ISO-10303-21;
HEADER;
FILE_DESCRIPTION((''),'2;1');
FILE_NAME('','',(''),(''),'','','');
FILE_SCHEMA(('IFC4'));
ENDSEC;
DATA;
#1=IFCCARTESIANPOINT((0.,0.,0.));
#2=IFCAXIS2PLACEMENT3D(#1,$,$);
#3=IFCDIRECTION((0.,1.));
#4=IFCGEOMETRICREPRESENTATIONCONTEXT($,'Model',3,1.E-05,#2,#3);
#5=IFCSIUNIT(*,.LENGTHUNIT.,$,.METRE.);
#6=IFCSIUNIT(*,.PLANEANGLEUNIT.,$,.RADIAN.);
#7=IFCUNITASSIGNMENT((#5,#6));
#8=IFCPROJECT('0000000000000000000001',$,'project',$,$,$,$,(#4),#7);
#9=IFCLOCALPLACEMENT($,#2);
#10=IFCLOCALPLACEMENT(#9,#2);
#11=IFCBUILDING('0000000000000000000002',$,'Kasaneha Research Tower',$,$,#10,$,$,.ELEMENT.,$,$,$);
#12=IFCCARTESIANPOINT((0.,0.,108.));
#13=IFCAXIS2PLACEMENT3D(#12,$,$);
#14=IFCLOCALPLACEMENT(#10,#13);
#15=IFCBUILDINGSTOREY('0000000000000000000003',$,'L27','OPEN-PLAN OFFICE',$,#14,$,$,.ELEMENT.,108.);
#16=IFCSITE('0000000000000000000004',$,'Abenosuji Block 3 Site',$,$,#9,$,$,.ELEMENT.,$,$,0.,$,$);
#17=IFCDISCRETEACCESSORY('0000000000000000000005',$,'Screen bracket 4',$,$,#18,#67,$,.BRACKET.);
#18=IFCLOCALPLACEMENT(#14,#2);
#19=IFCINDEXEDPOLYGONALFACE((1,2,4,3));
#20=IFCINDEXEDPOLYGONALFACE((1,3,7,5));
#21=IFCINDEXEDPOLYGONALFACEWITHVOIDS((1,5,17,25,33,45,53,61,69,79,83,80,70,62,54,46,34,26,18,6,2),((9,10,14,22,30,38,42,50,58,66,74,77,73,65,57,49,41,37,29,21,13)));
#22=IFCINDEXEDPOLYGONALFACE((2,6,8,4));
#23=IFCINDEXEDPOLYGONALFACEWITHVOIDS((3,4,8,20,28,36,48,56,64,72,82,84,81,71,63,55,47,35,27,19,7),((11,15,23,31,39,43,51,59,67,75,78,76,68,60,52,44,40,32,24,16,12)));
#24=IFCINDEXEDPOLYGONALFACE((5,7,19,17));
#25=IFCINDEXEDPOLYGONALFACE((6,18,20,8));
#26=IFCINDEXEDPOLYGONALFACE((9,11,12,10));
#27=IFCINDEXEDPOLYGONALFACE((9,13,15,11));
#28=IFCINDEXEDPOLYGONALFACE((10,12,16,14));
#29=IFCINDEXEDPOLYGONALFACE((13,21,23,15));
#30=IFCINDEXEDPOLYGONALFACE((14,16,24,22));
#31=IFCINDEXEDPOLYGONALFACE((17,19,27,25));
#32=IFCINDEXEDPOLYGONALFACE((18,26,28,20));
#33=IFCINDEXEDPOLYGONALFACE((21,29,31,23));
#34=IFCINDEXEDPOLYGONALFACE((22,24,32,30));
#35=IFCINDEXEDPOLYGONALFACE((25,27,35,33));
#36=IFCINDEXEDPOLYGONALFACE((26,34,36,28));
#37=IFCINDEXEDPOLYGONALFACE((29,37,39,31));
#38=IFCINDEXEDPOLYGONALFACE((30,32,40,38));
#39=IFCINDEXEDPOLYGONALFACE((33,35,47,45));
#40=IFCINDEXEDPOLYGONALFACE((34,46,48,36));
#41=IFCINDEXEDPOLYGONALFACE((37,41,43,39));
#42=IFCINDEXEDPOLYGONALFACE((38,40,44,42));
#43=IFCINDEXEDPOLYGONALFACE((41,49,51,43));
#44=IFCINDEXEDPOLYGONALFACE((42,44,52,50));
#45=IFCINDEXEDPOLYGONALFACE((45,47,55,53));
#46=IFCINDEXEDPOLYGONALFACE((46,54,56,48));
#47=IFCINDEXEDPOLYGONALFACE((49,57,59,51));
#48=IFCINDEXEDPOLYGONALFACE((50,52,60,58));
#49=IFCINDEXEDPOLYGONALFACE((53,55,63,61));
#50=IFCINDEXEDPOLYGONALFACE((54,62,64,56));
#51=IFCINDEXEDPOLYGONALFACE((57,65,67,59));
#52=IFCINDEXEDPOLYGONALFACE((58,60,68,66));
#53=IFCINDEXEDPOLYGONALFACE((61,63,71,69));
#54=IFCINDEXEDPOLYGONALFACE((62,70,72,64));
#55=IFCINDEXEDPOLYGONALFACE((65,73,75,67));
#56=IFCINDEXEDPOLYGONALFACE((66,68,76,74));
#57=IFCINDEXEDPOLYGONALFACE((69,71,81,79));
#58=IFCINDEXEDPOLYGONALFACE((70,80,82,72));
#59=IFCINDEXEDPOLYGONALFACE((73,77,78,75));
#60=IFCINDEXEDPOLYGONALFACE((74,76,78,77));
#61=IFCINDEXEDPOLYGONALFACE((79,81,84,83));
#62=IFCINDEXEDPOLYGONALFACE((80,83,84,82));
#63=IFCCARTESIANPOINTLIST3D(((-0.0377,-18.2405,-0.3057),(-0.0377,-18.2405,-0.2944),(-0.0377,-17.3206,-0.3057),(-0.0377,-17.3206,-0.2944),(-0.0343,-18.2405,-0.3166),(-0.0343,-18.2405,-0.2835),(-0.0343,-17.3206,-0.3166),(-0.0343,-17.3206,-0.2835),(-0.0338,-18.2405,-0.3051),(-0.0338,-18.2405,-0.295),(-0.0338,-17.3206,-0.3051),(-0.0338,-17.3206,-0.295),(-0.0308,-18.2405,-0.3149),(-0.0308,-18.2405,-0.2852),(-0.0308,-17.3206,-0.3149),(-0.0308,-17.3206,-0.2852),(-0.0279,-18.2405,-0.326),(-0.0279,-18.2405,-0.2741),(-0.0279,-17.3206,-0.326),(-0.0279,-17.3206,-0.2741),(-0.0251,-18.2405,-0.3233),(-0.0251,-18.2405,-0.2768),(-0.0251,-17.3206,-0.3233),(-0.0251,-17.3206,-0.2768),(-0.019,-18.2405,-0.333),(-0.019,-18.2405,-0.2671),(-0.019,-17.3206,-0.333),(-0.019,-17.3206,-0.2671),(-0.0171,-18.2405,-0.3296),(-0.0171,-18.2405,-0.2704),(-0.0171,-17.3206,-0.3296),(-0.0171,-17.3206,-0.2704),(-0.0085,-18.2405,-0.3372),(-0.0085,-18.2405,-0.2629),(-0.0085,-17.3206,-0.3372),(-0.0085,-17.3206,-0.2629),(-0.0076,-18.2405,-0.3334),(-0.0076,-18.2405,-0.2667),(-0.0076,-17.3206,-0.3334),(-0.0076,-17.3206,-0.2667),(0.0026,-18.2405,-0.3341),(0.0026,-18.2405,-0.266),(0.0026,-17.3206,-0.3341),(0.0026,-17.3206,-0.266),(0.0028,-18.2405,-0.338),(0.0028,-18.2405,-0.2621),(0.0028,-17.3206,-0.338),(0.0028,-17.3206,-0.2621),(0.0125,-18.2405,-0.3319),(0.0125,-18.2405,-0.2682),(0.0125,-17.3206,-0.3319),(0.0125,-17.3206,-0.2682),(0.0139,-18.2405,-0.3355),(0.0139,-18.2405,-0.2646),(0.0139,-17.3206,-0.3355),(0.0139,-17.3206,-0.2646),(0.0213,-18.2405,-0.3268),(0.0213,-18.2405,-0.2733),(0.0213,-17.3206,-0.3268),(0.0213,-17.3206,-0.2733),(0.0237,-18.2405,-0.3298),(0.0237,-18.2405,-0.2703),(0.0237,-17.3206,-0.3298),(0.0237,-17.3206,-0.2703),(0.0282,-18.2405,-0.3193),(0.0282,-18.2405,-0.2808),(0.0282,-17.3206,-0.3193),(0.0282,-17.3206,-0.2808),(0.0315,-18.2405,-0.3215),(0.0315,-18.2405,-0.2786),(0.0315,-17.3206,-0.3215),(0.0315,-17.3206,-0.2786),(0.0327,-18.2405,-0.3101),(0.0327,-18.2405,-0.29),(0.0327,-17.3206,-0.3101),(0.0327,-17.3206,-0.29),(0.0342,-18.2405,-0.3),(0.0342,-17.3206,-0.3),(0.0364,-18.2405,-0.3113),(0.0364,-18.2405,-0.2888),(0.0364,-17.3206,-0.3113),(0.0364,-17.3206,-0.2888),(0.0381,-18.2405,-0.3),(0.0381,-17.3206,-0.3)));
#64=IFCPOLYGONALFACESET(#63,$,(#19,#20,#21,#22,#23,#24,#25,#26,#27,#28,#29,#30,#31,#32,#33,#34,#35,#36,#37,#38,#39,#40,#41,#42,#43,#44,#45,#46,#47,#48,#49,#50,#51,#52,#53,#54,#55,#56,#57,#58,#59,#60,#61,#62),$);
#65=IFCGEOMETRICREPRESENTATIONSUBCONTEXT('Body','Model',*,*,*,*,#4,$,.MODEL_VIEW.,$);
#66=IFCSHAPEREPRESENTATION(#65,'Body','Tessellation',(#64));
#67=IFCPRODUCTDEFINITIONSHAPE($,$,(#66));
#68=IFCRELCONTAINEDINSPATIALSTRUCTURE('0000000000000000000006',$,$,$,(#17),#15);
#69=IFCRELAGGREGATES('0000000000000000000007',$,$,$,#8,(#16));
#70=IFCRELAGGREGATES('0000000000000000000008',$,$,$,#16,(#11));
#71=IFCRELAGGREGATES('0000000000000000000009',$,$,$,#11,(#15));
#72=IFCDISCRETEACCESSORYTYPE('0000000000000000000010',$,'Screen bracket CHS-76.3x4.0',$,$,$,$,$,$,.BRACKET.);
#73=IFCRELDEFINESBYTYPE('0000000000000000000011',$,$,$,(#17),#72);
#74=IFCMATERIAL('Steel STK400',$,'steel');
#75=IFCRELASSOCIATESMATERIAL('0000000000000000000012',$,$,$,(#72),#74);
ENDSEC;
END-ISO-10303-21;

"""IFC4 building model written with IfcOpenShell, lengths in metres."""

from ifc_helpers import new_model, si_unit, direction, frame, origin, origin_2d, place, context, subcontext, project, spatial, hollow_circle, extrude, material, material_profile, profile_set, type_object, element, save


model = new_model("IFC4")

# Units and contexts
model_context = context("Model", 3, precision=1e-05, world=origin(), true_north=direction((0.0, 1.0)))
body_context = subcontext(model_context, "Body", "Model", "MODEL_VIEW")
ifc_project = project(units=[si_unit("LENGTHUNIT", "METRE"), si_unit("PLANEANGLEUNIT", "RADIAN")], contexts=[model_context])

# Site, building, storey
site_placement = place(None, origin())
site = spatial("IfcSite", under=ifc_project, at=site_placement, Name="Abenosuji Block 3 Site", CompositionType="ELEMENT", RefElevation=0.0)
building_placement = place(site_placement, origin())
building = spatial("IfcBuilding", under=site, at=building_placement, Name="Kasaneha Research Tower", CompositionType="ELEMENT")
storey_placement = place(building_placement, frame((0.0, 0.0, 108.0)))
storey = spatial("IfcBuildingStorey", under=building, at=storey_placement, Name="L27", Description="OPEN-PLAN OFFICE", CompositionType="ELEMENT", Elevation=108.0)

# Discrete accessory
ifc_material_1 = material(Name="Steel STK400", Category="steel")
ifc_material_profile_1 = material_profile(ifc_material_1, hollow_circle(Radius=0.0381, WallThickness=0.0039, at=origin_2d()), Name="CHS-76.3x4.0")
ifc_profile_set_1 = profile_set([ifc_material_profile_1], Name="Steel STK400")
discrete_accessory_type = type_object("IfcDiscreteAccessoryType", Name="Screen bracket CHS-76.3x4.0", PredefinedType="BRACKET", material=ifc_profile_set_1)
for number, where, z_axis, x_axis, name in (
    (1, (0.0, -17.3206, -0.3), (0.0, -1.0, 0.0), (1.0, 0.0, 0.0), "Screen bracket 4"),
):
    element("IfcDiscreteAccessory", number, at=place(storey_placement, frame(where, z_axis=z_axis, x_axis=x_axis)), inside=storey, type_object=discrete_accessory_type, Name=name, PredefinedType="BRACKET", context=body_context, shape_type="SweptSolid", body=[
        extrude(hollow_circle(Radius=0.0381, WallThickness=0.0039, at=origin_2d()), origin(), (0.0, 0.0, 1.0), 0.9199),
    ])

save(model, "model.ifc")
